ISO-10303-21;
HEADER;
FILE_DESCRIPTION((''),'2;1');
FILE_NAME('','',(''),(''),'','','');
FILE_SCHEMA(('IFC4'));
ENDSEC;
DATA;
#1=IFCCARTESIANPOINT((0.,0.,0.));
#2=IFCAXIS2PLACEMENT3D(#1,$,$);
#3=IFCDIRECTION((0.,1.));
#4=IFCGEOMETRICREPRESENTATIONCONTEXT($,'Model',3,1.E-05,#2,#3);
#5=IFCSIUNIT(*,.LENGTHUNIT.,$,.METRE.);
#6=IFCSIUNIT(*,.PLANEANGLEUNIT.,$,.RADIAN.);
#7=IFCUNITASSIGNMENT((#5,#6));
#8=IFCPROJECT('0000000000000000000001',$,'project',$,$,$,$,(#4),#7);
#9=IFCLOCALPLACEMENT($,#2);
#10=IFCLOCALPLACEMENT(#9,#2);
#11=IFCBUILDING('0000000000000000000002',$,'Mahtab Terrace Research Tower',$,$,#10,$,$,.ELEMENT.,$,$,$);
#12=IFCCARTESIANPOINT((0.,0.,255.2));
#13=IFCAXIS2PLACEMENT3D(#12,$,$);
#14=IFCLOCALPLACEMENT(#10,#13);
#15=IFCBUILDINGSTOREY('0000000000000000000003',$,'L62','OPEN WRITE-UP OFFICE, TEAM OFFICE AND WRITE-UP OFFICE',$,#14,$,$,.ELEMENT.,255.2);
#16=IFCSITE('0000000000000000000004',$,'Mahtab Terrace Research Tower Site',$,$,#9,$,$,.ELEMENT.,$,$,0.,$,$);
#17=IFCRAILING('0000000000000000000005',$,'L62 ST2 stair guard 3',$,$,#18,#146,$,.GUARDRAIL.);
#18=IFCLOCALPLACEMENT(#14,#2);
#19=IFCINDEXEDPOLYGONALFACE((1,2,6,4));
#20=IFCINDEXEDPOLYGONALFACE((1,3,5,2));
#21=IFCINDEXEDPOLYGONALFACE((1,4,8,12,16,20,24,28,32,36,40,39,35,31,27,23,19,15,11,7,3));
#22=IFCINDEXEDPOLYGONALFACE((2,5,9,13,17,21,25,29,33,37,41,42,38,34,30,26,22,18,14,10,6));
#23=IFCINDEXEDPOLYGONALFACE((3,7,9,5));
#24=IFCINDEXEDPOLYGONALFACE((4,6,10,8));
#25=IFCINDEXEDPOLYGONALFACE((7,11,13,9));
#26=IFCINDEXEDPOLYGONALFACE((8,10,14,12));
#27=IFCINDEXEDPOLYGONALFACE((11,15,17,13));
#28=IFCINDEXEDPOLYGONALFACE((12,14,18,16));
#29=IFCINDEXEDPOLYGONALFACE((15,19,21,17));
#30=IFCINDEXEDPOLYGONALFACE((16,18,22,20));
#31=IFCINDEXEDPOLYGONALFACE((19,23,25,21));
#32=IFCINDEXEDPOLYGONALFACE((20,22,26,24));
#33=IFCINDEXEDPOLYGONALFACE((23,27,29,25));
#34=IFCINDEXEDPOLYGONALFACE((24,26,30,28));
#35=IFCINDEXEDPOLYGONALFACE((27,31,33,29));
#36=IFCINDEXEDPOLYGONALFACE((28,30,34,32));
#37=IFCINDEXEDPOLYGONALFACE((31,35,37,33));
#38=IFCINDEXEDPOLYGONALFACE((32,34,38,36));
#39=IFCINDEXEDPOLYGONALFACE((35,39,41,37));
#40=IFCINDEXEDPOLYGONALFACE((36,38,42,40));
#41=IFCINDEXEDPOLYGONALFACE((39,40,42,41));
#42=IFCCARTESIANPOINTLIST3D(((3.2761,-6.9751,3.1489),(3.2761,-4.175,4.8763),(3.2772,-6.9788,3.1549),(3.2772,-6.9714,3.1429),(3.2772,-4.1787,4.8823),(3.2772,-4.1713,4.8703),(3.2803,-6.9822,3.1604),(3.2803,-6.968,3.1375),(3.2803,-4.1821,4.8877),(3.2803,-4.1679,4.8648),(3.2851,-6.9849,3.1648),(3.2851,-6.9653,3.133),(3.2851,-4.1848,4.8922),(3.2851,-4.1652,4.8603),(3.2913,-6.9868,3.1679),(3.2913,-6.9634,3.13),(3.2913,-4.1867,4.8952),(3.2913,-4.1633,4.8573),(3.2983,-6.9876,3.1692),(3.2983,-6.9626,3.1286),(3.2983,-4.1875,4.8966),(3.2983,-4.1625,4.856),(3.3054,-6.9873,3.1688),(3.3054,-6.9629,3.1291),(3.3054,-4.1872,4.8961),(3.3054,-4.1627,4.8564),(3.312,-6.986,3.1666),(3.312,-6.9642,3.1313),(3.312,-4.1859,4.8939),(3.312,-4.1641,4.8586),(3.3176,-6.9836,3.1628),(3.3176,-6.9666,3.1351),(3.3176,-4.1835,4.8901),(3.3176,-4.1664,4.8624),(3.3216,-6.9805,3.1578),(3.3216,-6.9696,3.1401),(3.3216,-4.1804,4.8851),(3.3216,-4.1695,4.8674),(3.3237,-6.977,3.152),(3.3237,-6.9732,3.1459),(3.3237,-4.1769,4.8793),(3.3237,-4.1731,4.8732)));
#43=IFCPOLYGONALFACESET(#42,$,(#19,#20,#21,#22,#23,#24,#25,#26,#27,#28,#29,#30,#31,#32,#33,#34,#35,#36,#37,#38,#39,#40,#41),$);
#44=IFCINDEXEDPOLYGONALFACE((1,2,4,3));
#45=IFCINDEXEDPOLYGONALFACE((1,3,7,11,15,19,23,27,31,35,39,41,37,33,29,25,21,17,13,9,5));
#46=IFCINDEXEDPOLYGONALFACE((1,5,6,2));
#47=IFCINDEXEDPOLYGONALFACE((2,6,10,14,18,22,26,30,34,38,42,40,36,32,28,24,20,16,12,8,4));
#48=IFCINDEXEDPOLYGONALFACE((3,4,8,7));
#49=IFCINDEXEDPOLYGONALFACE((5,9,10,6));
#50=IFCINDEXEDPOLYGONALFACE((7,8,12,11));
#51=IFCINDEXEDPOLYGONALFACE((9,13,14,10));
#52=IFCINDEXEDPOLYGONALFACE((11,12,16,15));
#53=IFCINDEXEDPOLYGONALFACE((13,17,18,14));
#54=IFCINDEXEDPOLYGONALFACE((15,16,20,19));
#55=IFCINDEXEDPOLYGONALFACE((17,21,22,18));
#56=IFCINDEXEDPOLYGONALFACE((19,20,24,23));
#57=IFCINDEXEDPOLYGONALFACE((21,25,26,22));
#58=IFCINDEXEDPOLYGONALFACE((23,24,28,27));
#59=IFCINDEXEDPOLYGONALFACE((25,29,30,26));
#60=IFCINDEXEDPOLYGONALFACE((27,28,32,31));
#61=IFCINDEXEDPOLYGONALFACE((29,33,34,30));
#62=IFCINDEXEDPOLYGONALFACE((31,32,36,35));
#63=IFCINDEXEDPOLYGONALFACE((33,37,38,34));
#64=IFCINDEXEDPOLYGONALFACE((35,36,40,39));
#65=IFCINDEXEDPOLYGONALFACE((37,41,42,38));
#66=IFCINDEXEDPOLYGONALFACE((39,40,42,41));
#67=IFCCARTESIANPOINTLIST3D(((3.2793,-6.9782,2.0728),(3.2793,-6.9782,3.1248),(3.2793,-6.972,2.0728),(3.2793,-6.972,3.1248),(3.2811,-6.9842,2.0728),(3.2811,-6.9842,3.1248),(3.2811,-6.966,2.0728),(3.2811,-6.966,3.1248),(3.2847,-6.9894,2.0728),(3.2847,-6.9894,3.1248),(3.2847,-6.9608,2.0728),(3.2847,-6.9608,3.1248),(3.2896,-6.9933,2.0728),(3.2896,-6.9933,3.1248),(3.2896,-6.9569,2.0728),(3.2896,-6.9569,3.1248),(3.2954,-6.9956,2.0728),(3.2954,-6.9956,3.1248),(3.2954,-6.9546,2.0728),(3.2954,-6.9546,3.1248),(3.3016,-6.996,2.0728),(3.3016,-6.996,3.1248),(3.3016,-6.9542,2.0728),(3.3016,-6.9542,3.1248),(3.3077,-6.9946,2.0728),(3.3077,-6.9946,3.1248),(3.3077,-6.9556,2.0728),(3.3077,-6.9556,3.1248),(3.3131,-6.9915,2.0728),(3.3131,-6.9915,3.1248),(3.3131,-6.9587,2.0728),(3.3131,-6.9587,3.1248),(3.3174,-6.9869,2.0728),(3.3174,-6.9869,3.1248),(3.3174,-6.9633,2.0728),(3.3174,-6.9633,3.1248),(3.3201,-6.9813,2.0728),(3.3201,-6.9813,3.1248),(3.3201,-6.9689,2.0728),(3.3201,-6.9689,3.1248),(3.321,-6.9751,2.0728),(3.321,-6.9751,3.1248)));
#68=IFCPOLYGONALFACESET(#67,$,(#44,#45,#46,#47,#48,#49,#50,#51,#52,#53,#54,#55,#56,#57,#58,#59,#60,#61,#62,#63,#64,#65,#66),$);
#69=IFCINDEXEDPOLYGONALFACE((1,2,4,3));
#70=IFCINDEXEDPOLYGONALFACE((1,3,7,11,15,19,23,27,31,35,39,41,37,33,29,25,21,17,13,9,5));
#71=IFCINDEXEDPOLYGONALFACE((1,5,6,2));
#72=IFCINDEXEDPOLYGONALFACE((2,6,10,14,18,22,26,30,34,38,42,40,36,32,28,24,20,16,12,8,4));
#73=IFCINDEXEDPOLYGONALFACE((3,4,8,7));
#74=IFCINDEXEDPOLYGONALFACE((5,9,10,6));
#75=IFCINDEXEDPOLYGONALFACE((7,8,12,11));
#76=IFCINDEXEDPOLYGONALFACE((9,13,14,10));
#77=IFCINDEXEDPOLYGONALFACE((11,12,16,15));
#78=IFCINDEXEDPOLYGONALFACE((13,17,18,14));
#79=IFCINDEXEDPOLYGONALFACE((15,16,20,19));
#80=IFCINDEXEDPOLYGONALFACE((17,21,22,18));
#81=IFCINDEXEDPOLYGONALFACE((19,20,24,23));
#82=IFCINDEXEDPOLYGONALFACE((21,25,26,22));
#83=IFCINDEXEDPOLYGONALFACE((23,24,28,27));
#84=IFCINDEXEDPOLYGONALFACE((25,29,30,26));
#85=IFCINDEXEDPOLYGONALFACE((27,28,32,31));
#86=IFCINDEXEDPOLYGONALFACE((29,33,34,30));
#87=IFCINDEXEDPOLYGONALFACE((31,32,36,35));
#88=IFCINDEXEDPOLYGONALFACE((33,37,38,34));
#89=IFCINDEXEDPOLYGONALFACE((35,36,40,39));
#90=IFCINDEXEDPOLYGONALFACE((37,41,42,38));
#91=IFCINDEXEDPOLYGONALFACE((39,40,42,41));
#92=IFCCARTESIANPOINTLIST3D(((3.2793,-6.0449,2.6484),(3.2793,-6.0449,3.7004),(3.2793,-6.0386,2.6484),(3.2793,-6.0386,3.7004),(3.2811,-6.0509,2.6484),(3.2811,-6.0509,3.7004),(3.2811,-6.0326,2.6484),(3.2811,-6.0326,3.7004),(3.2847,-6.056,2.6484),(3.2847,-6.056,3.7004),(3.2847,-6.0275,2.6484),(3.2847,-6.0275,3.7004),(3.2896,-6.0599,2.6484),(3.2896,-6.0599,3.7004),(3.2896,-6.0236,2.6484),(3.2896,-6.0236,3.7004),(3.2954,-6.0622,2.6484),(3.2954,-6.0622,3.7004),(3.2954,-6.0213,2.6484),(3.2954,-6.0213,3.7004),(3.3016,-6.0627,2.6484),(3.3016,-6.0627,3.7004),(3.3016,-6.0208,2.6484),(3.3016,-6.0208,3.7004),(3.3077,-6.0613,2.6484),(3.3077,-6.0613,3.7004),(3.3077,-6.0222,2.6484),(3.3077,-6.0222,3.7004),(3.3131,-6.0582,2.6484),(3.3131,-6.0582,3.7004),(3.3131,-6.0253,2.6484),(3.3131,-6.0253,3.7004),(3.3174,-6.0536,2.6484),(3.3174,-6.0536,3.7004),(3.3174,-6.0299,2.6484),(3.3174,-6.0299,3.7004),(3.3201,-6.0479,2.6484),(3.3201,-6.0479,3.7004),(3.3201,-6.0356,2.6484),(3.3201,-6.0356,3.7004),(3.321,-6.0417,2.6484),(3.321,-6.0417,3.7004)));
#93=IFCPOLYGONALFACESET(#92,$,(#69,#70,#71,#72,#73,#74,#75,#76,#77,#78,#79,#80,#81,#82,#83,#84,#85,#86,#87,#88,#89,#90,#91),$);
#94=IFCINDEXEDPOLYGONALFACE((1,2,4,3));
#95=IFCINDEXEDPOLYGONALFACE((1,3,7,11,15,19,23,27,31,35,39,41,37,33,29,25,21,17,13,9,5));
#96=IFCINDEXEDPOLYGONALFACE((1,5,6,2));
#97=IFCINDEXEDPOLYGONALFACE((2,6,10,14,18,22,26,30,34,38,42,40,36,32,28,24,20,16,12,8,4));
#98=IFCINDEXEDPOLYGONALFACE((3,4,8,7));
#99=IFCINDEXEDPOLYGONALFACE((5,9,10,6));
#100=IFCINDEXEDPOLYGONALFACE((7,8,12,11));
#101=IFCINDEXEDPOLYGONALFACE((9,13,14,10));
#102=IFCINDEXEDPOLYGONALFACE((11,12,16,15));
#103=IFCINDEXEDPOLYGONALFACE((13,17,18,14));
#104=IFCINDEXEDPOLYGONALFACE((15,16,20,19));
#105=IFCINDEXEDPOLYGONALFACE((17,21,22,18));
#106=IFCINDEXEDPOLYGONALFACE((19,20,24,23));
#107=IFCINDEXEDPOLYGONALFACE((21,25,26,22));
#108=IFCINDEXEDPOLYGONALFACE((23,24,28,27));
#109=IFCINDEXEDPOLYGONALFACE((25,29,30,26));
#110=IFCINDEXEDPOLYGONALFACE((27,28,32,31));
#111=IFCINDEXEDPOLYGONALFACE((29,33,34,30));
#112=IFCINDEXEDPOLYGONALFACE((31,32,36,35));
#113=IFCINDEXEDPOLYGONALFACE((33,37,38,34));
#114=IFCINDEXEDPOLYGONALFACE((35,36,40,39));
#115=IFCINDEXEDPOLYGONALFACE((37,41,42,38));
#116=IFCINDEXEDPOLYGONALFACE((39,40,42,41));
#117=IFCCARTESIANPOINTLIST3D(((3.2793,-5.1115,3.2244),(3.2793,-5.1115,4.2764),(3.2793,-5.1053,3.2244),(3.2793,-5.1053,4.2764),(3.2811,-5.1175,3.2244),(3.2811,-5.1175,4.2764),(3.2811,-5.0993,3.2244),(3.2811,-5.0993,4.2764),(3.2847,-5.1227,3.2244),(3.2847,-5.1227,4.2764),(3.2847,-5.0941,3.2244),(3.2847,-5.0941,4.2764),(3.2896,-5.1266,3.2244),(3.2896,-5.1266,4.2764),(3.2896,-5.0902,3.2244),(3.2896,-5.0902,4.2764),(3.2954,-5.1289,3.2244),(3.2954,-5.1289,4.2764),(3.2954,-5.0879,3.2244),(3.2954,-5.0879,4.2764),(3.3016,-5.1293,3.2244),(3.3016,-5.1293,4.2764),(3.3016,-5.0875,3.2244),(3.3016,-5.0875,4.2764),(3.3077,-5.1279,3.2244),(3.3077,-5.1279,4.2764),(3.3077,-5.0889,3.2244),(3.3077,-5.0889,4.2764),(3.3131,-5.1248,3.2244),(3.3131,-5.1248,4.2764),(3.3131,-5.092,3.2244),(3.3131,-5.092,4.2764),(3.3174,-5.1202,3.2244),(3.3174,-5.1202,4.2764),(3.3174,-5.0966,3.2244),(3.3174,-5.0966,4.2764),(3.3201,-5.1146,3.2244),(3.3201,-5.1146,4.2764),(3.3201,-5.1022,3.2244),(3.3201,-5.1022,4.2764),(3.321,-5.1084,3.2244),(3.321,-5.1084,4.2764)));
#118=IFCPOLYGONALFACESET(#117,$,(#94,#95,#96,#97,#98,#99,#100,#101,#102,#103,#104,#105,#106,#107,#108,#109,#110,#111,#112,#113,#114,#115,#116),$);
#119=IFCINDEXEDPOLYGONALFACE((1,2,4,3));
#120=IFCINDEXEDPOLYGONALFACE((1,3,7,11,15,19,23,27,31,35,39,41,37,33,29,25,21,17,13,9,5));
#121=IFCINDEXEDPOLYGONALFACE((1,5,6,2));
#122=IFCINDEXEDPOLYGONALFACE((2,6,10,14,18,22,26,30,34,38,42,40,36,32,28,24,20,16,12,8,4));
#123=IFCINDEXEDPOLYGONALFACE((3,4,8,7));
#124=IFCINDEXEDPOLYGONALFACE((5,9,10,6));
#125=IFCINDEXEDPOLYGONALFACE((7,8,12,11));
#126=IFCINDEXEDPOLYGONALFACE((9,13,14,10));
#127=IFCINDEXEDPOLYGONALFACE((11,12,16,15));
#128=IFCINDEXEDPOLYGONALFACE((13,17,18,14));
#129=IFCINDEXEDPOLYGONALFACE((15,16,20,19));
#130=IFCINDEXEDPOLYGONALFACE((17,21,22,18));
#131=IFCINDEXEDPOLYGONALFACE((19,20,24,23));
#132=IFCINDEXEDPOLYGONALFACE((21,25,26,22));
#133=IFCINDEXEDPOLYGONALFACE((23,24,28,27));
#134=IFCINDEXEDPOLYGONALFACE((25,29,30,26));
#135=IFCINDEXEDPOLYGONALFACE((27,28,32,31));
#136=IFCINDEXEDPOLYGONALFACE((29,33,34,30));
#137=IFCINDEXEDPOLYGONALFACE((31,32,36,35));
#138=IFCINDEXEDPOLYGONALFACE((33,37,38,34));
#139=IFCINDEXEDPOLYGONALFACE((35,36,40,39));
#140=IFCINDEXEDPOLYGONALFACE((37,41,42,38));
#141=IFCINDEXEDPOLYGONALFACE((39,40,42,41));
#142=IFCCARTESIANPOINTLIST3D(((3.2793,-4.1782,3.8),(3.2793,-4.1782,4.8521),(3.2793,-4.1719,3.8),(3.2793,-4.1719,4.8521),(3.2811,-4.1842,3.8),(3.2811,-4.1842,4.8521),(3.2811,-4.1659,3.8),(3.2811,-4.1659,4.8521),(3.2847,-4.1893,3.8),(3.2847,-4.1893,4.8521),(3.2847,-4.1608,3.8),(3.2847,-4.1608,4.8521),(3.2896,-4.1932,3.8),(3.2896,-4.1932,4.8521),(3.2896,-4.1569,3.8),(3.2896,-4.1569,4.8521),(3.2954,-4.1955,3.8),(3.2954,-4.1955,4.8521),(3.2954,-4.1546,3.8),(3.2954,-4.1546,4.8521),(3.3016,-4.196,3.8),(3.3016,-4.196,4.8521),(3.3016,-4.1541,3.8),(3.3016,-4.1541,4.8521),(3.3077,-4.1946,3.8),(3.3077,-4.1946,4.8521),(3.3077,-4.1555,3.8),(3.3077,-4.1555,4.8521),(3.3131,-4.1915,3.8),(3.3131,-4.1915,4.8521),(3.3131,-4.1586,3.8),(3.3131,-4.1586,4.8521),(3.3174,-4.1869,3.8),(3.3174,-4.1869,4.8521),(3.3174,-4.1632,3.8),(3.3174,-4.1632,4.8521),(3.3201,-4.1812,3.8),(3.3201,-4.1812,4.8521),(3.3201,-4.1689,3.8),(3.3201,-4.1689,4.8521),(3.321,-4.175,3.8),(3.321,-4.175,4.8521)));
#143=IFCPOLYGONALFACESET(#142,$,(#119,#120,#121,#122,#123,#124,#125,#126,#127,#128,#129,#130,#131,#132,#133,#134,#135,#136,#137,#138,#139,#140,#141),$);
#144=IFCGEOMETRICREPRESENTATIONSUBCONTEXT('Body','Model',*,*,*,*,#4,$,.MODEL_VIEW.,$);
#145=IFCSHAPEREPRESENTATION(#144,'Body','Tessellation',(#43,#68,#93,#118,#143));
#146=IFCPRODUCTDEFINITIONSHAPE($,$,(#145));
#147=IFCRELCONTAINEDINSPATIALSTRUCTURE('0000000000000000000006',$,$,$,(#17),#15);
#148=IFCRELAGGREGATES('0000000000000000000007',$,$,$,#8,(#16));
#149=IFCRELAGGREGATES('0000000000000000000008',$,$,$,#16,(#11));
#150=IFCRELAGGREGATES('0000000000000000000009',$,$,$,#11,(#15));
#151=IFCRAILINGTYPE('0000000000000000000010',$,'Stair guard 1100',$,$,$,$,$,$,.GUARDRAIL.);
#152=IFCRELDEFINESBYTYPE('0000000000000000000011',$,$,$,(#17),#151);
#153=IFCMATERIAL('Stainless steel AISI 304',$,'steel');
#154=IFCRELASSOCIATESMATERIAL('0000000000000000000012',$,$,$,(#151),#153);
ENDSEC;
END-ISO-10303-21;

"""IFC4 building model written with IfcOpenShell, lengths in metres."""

from ifc_helpers import new_model, si_unit, direction, frame, origin, origin_2d, place, context, subcontext, project, spatial, circle, extrude, material, type_object, element, save


model = new_model("IFC4")

# Units and contexts
model_context = context("Model", 3, precision=1e-05, world=origin(), true_north=direction((0.0, 1.0)))
body_context = subcontext(model_context, "Body", "Model", "MODEL_VIEW")
ifc_project = project(units=[si_unit("LENGTHUNIT", "METRE"), si_unit("PLANEANGLEUNIT", "RADIAN")], contexts=[model_context])

# Site, building, storey
site_placement = place(None, origin())
site = spatial("IfcSite", under=ifc_project, at=site_placement, Name="Mahtab Terrace Research Tower Site", CompositionType="ELEMENT", RefElevation=0.0)
building_placement = place(site_placement, origin())
building = spatial("IfcBuilding", under=site, at=building_placement, Name="Mahtab Terrace Research Tower", CompositionType="ELEMENT")
storey_placement = place(building_placement, frame((0.0, 0.0, 255.2)))
storey = spatial("IfcBuildingStorey", under=building, at=storey_placement, Name="L62", Description="OPEN WRITE-UP OFFICE, TEAM OFFICE AND WRITE-UP OFFICE", CompositionType="ELEMENT", Elevation=255.2)

# Railing
ifc_material_1 = material(Name="Stainless steel AISI 304", Category="steel")
railing_type_1 = type_object("IfcRailingType", Name="Stair guard 1100", PredefinedType="GUARDRAIL", material=ifc_material_1)
railing_1_placement = place(storey_placement, frame((3.3, -6.9751, 2.0728)))
element("IfcRailing", 1, at=railing_1_placement, inside=storey, type_object=railing_type_1, Name="L62 ST2 stair guard 3", PredefinedType="GUARDRAIL", context=body_context, shape_type="SweptSolid", body=[
    extrude(circle(Radius=0.0239, at=origin_2d()), frame((0.0, 0.0, 1.0762), z_axis=(0.0, 0.85109, 0.52502), x_axis=(-1.0, 0.0, 0.0)), (0.0, 0.0, 1.0), 3.29),
    extrude(circle(Radius=0.021, at=origin_2d()), origin(), (0.0, 0.0, 1.0), 1.052),
    extrude(circle(Radius=0.021, at=origin_2d()), frame((0.0, 0.9333, 0.5757)), (0.0, 0.0, 1.0), 1.052),
    extrude(circle(Radius=0.021, at=origin_2d()), frame((0.0, 1.8667, 1.1516)), (0.0, 0.0, 1.0), 1.052),
    extrude(circle(Radius=0.021, at=origin_2d()), frame((0.0, 2.8, 1.7273)), (0.0, 0.0, 1.0), 1.052),
])

save(model, "model.ifc")
